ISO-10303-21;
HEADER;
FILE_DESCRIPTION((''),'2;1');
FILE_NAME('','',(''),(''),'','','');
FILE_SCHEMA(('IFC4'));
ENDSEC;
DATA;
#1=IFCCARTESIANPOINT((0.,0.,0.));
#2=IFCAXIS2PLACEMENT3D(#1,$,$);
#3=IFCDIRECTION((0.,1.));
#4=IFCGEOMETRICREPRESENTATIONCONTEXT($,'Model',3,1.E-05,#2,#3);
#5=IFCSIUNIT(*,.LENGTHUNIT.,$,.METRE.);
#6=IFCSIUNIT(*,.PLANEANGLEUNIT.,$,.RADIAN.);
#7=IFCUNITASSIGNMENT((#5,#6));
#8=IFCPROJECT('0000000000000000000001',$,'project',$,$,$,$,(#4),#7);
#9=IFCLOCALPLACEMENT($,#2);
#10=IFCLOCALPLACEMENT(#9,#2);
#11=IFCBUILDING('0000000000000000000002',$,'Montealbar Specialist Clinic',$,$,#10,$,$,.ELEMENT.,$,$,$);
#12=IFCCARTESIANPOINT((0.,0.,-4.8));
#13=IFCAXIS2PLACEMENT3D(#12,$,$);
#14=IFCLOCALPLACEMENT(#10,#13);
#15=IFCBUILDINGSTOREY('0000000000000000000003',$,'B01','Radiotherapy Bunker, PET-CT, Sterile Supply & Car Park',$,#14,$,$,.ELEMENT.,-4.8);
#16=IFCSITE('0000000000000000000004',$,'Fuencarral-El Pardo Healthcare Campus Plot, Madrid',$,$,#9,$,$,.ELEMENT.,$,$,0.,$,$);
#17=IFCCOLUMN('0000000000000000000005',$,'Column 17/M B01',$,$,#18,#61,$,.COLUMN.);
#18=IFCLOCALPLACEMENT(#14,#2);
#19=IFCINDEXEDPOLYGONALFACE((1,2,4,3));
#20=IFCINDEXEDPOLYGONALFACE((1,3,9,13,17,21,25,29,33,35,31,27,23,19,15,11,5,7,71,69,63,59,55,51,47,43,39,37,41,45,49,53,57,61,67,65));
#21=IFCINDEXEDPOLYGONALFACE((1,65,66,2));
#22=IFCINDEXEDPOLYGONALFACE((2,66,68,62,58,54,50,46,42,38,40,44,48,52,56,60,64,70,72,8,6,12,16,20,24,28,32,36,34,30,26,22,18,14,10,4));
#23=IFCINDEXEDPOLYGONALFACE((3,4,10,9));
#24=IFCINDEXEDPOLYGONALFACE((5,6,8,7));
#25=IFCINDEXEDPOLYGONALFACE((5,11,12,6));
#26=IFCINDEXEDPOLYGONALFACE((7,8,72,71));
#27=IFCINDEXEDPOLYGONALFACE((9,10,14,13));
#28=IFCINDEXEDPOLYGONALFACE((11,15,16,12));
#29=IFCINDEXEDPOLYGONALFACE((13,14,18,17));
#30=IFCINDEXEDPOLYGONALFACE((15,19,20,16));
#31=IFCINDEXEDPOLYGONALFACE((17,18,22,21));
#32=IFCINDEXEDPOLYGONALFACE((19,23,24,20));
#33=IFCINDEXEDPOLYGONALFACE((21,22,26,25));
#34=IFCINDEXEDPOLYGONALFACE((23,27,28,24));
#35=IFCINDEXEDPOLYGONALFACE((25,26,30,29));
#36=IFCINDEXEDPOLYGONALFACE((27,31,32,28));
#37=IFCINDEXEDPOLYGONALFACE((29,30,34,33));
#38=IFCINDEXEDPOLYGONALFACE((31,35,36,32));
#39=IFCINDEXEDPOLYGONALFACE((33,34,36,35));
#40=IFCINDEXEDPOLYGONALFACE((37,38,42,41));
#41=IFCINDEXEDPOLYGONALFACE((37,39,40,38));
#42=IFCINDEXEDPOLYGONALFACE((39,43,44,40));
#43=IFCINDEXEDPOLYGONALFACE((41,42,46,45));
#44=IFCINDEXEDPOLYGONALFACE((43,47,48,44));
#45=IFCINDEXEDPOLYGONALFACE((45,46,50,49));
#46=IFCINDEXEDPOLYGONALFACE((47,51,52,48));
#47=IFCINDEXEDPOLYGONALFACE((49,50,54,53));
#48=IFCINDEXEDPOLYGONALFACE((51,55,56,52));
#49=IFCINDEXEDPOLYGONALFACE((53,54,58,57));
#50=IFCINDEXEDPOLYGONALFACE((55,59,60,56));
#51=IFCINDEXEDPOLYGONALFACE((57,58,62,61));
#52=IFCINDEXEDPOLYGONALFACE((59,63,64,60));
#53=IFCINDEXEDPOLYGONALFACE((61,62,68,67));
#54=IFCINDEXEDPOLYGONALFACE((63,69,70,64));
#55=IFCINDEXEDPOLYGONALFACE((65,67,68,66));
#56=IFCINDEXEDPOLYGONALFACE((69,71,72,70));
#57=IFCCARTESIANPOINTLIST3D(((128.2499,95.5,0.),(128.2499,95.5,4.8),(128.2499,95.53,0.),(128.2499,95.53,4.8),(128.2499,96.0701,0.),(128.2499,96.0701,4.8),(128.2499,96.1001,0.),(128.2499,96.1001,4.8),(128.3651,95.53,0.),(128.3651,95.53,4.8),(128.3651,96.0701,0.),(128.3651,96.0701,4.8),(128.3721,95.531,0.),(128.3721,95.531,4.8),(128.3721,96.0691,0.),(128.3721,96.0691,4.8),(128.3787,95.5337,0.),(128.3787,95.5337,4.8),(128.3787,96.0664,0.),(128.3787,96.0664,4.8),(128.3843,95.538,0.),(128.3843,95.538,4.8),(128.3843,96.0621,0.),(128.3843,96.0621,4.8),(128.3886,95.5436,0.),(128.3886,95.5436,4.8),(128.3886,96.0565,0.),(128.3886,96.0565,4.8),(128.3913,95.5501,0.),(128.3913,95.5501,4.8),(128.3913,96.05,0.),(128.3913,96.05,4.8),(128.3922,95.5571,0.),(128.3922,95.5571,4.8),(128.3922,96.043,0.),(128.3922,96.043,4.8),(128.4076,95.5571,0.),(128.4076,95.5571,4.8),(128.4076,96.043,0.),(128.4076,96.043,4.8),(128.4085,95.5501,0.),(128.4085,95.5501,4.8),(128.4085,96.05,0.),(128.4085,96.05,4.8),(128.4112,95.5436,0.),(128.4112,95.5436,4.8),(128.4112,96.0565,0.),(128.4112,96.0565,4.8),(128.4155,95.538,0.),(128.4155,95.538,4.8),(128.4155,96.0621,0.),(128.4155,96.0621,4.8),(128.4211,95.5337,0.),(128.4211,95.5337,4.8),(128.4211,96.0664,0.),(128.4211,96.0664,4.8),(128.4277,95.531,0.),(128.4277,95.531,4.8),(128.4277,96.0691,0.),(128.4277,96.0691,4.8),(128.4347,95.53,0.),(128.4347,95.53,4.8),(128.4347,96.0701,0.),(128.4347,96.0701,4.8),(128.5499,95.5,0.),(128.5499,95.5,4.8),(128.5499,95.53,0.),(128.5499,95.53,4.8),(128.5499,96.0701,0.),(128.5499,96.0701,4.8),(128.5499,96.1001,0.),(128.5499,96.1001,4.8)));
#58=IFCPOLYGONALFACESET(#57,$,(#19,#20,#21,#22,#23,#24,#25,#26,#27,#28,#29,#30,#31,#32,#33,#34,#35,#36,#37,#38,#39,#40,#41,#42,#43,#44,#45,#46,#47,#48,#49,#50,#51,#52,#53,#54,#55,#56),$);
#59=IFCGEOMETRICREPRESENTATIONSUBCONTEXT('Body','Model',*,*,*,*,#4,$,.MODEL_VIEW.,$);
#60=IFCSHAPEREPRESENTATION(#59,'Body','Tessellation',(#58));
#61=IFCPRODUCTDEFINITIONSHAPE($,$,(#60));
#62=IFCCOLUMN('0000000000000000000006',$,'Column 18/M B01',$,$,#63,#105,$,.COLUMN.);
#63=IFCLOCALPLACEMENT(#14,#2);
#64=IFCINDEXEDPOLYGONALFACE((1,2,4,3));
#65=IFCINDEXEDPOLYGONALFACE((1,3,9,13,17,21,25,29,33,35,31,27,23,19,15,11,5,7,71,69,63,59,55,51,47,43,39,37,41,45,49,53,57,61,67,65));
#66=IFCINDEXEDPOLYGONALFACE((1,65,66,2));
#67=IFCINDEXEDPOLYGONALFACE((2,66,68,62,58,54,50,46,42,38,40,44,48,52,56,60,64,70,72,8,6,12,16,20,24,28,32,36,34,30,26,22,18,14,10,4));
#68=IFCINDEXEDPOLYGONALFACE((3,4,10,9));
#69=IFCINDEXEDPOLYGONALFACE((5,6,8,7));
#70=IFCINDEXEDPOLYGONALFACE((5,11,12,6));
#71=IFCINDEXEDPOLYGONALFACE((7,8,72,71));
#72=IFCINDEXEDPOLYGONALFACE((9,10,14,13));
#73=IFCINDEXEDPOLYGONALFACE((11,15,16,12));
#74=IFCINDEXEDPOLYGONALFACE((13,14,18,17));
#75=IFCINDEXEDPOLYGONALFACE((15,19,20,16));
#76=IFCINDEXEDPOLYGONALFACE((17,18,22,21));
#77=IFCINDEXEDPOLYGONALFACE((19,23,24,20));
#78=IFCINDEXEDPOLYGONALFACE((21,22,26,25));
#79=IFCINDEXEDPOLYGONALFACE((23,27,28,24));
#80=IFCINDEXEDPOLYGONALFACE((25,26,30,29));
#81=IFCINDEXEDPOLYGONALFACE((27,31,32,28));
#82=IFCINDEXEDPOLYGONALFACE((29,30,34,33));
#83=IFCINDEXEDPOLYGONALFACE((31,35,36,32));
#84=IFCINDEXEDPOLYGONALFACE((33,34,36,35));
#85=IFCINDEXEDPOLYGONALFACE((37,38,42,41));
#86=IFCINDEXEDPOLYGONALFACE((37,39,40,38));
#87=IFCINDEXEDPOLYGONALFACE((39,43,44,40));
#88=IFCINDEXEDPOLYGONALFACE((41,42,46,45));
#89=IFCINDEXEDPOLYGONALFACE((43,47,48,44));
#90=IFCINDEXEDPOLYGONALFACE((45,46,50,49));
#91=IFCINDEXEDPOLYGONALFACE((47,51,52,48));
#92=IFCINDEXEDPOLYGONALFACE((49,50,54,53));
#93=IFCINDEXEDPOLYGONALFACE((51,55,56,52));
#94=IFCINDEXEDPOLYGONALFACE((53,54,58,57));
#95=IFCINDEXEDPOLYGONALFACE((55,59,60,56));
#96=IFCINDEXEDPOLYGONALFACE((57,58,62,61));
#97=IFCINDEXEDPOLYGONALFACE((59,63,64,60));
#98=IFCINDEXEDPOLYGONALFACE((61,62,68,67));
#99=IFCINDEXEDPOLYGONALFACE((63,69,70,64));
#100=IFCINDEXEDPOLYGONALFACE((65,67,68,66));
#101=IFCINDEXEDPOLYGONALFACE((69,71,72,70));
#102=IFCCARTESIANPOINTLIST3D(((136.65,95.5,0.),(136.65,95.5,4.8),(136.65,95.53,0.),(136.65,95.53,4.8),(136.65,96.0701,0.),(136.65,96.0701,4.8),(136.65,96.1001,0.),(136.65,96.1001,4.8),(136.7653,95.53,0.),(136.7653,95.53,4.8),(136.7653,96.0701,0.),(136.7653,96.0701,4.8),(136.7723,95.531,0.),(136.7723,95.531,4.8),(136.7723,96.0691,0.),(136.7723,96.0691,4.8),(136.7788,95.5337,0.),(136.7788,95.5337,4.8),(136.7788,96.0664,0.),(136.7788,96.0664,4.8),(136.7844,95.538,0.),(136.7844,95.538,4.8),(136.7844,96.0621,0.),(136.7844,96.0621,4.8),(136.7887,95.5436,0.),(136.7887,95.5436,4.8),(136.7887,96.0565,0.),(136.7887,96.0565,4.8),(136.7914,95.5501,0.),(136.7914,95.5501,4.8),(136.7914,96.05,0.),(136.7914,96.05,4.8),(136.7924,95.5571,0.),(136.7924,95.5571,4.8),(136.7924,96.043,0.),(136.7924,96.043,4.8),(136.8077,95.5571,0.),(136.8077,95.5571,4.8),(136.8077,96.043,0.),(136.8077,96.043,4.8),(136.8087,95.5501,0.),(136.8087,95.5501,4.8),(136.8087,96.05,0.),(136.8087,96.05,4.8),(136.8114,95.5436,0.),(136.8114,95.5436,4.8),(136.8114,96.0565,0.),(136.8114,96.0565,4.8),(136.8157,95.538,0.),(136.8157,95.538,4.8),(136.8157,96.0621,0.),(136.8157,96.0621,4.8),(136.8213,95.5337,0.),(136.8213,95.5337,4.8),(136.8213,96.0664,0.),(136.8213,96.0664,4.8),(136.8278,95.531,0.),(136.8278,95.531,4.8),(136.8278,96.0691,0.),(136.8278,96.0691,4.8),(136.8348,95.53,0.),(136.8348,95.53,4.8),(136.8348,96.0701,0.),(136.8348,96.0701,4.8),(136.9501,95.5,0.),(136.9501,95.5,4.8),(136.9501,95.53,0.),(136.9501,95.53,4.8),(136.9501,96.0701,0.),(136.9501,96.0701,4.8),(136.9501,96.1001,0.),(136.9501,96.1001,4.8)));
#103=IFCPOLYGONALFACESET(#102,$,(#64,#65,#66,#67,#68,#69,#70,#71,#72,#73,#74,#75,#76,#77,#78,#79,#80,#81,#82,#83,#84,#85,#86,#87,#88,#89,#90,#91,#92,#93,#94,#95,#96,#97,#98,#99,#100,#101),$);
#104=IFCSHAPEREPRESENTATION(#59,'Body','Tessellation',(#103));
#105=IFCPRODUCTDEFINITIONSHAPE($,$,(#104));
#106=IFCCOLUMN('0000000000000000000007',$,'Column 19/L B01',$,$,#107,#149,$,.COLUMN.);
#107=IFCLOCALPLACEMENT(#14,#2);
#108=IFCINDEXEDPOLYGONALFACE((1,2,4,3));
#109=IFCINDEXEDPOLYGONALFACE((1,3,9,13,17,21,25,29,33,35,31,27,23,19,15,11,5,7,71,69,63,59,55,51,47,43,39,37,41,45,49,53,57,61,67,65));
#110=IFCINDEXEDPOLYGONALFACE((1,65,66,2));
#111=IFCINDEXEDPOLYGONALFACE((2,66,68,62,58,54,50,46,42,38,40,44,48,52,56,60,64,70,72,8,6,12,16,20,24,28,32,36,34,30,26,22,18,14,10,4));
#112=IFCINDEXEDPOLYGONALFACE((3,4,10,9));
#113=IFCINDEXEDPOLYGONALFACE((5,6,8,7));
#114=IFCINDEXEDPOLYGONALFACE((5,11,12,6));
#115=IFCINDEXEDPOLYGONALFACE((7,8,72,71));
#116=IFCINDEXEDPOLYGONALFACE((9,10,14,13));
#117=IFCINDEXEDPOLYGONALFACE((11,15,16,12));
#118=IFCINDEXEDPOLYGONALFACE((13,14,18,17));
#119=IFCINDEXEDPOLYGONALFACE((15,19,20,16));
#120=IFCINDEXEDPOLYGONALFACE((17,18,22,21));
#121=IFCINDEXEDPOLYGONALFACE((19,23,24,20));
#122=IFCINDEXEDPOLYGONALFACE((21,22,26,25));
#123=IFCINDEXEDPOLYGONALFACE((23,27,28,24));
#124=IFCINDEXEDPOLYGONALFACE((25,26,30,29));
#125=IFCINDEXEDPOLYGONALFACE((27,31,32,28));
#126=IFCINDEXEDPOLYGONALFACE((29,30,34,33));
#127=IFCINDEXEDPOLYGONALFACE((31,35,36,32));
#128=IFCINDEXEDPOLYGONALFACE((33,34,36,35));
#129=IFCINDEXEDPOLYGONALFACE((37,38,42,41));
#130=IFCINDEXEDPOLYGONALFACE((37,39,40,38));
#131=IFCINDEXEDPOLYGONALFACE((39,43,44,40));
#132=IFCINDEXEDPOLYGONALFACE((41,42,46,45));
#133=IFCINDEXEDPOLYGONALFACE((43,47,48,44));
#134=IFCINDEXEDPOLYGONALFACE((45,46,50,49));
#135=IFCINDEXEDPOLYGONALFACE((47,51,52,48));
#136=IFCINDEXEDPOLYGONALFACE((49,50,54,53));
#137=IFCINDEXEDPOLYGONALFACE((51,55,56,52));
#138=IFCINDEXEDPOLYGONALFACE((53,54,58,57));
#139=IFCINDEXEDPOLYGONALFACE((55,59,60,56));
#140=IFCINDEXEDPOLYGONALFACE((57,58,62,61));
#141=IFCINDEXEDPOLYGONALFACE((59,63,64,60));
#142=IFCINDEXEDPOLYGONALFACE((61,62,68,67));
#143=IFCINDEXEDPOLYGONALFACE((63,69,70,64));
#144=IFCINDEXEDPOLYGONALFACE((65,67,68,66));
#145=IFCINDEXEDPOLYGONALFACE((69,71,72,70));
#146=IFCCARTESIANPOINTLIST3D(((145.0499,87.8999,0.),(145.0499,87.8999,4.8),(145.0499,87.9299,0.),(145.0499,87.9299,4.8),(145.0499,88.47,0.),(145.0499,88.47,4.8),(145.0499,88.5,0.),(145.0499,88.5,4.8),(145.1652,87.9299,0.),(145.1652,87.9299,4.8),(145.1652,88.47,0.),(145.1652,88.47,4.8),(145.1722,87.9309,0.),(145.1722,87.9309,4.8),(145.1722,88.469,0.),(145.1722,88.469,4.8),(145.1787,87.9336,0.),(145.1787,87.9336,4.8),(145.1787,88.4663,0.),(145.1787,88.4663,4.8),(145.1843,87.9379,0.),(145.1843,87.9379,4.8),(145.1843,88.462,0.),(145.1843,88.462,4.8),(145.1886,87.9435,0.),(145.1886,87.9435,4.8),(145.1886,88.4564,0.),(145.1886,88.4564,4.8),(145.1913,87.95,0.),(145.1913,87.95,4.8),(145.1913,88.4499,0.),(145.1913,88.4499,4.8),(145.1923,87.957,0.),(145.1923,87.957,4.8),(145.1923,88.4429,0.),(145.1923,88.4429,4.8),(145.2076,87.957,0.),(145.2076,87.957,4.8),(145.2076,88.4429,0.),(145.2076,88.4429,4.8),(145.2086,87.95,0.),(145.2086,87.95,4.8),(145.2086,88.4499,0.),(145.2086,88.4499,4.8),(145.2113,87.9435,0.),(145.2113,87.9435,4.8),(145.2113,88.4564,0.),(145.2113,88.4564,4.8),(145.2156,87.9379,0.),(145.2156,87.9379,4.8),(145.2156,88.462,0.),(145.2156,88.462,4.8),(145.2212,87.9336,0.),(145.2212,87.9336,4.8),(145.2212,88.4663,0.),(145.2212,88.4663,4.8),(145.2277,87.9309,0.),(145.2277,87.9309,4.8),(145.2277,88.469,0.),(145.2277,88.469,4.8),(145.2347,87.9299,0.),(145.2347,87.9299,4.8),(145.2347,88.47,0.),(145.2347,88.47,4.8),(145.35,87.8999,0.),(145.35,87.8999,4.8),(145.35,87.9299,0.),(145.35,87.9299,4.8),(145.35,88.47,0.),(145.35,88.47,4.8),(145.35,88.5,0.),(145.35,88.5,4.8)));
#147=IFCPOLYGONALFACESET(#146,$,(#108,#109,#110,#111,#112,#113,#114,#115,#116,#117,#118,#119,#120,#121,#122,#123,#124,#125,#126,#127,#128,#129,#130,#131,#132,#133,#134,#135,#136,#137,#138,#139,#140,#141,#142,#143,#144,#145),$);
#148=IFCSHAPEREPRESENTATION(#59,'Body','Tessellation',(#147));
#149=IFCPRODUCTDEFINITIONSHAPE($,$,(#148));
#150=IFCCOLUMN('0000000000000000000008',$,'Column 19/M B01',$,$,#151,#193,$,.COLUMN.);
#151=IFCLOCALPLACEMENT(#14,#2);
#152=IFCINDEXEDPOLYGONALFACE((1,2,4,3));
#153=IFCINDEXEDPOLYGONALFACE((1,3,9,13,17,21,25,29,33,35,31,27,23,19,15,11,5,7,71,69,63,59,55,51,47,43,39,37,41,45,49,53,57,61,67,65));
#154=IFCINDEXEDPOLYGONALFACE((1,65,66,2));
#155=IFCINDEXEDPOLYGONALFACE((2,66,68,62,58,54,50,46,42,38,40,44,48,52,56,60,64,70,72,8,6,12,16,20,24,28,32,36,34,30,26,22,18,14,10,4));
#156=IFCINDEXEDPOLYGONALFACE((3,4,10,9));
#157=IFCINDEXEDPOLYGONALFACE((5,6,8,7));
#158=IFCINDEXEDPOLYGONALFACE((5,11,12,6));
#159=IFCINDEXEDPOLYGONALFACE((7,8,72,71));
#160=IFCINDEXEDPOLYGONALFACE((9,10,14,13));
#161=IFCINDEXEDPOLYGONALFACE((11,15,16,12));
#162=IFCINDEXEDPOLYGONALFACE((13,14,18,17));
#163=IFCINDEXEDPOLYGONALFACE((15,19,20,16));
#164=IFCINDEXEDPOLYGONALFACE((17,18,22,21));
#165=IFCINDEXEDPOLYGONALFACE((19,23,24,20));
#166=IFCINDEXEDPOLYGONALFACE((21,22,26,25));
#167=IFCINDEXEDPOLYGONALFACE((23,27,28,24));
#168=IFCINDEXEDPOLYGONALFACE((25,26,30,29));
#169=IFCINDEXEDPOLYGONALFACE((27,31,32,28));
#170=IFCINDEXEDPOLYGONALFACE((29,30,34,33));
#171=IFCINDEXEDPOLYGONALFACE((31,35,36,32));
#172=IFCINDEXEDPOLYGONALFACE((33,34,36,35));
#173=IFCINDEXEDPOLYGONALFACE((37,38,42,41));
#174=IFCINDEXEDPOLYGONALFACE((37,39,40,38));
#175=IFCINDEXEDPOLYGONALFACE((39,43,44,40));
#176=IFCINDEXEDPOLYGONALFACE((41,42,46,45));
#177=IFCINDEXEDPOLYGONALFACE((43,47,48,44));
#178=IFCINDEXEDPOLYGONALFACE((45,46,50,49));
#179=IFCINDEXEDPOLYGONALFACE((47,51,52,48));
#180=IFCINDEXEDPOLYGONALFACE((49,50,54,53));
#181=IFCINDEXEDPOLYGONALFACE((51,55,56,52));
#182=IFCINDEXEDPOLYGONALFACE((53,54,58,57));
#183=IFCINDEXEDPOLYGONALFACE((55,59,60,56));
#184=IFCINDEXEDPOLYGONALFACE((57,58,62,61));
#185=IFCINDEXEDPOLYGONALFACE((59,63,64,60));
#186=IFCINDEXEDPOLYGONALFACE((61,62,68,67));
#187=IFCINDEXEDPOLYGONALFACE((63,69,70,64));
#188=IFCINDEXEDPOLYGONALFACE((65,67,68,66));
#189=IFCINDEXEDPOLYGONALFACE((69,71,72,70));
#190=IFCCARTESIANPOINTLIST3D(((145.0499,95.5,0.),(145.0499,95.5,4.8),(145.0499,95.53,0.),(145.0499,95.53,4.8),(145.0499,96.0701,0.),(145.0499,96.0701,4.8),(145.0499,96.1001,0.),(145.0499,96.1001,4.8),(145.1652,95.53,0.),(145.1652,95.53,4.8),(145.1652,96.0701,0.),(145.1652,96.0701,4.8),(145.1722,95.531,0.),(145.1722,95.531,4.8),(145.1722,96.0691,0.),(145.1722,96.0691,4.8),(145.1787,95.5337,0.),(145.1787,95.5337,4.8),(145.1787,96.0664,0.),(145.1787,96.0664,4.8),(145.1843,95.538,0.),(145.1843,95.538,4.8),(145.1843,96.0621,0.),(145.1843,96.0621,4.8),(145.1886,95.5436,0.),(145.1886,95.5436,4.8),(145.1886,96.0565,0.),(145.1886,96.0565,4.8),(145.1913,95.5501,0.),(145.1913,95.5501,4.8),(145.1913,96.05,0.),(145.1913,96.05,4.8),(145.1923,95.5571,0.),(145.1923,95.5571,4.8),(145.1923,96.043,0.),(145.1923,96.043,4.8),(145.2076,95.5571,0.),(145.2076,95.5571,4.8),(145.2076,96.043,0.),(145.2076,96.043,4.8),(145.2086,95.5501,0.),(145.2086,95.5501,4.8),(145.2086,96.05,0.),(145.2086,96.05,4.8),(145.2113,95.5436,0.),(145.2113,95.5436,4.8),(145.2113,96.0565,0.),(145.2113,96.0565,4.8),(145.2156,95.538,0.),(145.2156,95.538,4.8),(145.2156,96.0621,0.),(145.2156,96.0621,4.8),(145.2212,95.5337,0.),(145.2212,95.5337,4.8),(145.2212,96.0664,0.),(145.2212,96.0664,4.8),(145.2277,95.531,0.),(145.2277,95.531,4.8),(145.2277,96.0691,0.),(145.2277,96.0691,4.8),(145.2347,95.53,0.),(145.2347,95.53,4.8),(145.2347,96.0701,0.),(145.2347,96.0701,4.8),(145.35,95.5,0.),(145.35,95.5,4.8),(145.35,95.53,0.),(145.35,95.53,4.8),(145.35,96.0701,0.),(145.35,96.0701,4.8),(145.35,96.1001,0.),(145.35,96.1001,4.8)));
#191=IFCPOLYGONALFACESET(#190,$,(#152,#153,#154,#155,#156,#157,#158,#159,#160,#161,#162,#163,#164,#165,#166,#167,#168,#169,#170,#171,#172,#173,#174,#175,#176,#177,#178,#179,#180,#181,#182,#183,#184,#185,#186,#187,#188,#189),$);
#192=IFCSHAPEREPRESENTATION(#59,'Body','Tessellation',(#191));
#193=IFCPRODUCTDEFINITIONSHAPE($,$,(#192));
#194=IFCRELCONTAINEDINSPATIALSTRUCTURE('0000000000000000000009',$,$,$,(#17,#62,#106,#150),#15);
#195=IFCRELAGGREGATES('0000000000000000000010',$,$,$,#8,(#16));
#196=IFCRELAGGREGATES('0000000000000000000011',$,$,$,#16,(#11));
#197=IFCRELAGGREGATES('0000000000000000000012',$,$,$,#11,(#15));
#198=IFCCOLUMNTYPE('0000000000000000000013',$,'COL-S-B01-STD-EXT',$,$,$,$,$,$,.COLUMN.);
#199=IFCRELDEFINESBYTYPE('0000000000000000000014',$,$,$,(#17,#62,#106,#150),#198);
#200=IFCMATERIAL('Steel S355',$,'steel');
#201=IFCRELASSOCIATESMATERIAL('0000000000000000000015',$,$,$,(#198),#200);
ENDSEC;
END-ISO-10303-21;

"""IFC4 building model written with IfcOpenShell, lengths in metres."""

from ifc_helpers import new_model, si_unit, direction, frame, origin, origin_2d, place, context, subcontext, project, spatial, i_section, extrude, material, material_profile, profile_set, type_object, element, save


model = new_model("IFC4")

# Units and contexts
model_context = context("Model", 3, precision=1e-05, world=origin(), true_north=direction((0.0, 1.0)))
body_context = subcontext(model_context, "Body", "Model", "MODEL_VIEW")
ifc_project = project(units=[si_unit("LENGTHUNIT", "METRE"), si_unit("PLANEANGLEUNIT", "RADIAN")], contexts=[model_context])

# Site, building, storey
site_placement = place(None, origin())
site = spatial("IfcSite", under=ifc_project, at=site_placement, Name="Fuencarral-El Pardo Healthcare Campus Plot, Madrid", CompositionType="ELEMENT", RefElevation=0.0)
building_placement = place(site_placement, origin())
building = spatial("IfcBuilding", under=site, at=building_placement, Name="Montealbar Specialist Clinic", CompositionType="ELEMENT")
storey_placement = place(building_placement, frame((0.0, 0.0, -4.8)))
storey = spatial("IfcBuildingStorey", under=building, at=storey_placement, Name="B01", Description="Radiotherapy Bunker, PET-CT, Sterile Supply & Car Park", CompositionType="ELEMENT", Elevation=-4.8)

# Columns
ifc_material_1 = material(Name="Steel S355", Category="steel")
ifc_material_profile_1 = material_profile(ifc_material_1, i_section(OverallWidth=0.3, OverallDepth=0.6001, WebThickness=0.0154, FlangeThickness=0.03, FilletRadius=0.0271, at=origin_2d()), Name="HEB 600", Category="steel")
ifc_profile_set_1 = profile_set([ifc_material_profile_1], Name="Steel S355")
column_type = type_object("IfcColumnType", Name="COL-S-B01-STD-EXT", PredefinedType="COLUMN", material=ifc_profile_set_1)
for number, where, z_axis, x_axis, name in (
    (1, (128.3999, 95.8, 0.0), (0.0, 0.0, 1.0), (1.0, 0.0, 0.0), "Column 17/M B01"),
    (2, (136.8, 95.8, 0.0), (0.0, 0.0, 1.0), (1.0, 0.0, 0.0), "Column 18/M B01"),
    (3, (145.2, 88.2, 0.0), (0.0, 0.0, 1.0), (1.0, 0.0, 0.0), "Column 19/L B01"),
    (4, (145.2, 95.8, 0.0), (0.0, 0.0, 1.0), (1.0, 0.0, 0.0), "Column 19/M B01"),
):
    element("IfcColumn", number, at=place(storey_placement, frame(where, z_axis=z_axis, x_axis=x_axis)), inside=storey, type_object=column_type, Name=name, PredefinedType="COLUMN", context=body_context, shape_type="SweptSolid", body=[
        extrude(i_section(OverallWidth=0.3, OverallDepth=0.6001, WebThickness=0.0154, FlangeThickness=0.03, FilletRadius=0.0271, at=origin_2d()), origin(), (0.0, 0.0, 1.0), 4.8),
    ])

save(model, "model.ifc")
